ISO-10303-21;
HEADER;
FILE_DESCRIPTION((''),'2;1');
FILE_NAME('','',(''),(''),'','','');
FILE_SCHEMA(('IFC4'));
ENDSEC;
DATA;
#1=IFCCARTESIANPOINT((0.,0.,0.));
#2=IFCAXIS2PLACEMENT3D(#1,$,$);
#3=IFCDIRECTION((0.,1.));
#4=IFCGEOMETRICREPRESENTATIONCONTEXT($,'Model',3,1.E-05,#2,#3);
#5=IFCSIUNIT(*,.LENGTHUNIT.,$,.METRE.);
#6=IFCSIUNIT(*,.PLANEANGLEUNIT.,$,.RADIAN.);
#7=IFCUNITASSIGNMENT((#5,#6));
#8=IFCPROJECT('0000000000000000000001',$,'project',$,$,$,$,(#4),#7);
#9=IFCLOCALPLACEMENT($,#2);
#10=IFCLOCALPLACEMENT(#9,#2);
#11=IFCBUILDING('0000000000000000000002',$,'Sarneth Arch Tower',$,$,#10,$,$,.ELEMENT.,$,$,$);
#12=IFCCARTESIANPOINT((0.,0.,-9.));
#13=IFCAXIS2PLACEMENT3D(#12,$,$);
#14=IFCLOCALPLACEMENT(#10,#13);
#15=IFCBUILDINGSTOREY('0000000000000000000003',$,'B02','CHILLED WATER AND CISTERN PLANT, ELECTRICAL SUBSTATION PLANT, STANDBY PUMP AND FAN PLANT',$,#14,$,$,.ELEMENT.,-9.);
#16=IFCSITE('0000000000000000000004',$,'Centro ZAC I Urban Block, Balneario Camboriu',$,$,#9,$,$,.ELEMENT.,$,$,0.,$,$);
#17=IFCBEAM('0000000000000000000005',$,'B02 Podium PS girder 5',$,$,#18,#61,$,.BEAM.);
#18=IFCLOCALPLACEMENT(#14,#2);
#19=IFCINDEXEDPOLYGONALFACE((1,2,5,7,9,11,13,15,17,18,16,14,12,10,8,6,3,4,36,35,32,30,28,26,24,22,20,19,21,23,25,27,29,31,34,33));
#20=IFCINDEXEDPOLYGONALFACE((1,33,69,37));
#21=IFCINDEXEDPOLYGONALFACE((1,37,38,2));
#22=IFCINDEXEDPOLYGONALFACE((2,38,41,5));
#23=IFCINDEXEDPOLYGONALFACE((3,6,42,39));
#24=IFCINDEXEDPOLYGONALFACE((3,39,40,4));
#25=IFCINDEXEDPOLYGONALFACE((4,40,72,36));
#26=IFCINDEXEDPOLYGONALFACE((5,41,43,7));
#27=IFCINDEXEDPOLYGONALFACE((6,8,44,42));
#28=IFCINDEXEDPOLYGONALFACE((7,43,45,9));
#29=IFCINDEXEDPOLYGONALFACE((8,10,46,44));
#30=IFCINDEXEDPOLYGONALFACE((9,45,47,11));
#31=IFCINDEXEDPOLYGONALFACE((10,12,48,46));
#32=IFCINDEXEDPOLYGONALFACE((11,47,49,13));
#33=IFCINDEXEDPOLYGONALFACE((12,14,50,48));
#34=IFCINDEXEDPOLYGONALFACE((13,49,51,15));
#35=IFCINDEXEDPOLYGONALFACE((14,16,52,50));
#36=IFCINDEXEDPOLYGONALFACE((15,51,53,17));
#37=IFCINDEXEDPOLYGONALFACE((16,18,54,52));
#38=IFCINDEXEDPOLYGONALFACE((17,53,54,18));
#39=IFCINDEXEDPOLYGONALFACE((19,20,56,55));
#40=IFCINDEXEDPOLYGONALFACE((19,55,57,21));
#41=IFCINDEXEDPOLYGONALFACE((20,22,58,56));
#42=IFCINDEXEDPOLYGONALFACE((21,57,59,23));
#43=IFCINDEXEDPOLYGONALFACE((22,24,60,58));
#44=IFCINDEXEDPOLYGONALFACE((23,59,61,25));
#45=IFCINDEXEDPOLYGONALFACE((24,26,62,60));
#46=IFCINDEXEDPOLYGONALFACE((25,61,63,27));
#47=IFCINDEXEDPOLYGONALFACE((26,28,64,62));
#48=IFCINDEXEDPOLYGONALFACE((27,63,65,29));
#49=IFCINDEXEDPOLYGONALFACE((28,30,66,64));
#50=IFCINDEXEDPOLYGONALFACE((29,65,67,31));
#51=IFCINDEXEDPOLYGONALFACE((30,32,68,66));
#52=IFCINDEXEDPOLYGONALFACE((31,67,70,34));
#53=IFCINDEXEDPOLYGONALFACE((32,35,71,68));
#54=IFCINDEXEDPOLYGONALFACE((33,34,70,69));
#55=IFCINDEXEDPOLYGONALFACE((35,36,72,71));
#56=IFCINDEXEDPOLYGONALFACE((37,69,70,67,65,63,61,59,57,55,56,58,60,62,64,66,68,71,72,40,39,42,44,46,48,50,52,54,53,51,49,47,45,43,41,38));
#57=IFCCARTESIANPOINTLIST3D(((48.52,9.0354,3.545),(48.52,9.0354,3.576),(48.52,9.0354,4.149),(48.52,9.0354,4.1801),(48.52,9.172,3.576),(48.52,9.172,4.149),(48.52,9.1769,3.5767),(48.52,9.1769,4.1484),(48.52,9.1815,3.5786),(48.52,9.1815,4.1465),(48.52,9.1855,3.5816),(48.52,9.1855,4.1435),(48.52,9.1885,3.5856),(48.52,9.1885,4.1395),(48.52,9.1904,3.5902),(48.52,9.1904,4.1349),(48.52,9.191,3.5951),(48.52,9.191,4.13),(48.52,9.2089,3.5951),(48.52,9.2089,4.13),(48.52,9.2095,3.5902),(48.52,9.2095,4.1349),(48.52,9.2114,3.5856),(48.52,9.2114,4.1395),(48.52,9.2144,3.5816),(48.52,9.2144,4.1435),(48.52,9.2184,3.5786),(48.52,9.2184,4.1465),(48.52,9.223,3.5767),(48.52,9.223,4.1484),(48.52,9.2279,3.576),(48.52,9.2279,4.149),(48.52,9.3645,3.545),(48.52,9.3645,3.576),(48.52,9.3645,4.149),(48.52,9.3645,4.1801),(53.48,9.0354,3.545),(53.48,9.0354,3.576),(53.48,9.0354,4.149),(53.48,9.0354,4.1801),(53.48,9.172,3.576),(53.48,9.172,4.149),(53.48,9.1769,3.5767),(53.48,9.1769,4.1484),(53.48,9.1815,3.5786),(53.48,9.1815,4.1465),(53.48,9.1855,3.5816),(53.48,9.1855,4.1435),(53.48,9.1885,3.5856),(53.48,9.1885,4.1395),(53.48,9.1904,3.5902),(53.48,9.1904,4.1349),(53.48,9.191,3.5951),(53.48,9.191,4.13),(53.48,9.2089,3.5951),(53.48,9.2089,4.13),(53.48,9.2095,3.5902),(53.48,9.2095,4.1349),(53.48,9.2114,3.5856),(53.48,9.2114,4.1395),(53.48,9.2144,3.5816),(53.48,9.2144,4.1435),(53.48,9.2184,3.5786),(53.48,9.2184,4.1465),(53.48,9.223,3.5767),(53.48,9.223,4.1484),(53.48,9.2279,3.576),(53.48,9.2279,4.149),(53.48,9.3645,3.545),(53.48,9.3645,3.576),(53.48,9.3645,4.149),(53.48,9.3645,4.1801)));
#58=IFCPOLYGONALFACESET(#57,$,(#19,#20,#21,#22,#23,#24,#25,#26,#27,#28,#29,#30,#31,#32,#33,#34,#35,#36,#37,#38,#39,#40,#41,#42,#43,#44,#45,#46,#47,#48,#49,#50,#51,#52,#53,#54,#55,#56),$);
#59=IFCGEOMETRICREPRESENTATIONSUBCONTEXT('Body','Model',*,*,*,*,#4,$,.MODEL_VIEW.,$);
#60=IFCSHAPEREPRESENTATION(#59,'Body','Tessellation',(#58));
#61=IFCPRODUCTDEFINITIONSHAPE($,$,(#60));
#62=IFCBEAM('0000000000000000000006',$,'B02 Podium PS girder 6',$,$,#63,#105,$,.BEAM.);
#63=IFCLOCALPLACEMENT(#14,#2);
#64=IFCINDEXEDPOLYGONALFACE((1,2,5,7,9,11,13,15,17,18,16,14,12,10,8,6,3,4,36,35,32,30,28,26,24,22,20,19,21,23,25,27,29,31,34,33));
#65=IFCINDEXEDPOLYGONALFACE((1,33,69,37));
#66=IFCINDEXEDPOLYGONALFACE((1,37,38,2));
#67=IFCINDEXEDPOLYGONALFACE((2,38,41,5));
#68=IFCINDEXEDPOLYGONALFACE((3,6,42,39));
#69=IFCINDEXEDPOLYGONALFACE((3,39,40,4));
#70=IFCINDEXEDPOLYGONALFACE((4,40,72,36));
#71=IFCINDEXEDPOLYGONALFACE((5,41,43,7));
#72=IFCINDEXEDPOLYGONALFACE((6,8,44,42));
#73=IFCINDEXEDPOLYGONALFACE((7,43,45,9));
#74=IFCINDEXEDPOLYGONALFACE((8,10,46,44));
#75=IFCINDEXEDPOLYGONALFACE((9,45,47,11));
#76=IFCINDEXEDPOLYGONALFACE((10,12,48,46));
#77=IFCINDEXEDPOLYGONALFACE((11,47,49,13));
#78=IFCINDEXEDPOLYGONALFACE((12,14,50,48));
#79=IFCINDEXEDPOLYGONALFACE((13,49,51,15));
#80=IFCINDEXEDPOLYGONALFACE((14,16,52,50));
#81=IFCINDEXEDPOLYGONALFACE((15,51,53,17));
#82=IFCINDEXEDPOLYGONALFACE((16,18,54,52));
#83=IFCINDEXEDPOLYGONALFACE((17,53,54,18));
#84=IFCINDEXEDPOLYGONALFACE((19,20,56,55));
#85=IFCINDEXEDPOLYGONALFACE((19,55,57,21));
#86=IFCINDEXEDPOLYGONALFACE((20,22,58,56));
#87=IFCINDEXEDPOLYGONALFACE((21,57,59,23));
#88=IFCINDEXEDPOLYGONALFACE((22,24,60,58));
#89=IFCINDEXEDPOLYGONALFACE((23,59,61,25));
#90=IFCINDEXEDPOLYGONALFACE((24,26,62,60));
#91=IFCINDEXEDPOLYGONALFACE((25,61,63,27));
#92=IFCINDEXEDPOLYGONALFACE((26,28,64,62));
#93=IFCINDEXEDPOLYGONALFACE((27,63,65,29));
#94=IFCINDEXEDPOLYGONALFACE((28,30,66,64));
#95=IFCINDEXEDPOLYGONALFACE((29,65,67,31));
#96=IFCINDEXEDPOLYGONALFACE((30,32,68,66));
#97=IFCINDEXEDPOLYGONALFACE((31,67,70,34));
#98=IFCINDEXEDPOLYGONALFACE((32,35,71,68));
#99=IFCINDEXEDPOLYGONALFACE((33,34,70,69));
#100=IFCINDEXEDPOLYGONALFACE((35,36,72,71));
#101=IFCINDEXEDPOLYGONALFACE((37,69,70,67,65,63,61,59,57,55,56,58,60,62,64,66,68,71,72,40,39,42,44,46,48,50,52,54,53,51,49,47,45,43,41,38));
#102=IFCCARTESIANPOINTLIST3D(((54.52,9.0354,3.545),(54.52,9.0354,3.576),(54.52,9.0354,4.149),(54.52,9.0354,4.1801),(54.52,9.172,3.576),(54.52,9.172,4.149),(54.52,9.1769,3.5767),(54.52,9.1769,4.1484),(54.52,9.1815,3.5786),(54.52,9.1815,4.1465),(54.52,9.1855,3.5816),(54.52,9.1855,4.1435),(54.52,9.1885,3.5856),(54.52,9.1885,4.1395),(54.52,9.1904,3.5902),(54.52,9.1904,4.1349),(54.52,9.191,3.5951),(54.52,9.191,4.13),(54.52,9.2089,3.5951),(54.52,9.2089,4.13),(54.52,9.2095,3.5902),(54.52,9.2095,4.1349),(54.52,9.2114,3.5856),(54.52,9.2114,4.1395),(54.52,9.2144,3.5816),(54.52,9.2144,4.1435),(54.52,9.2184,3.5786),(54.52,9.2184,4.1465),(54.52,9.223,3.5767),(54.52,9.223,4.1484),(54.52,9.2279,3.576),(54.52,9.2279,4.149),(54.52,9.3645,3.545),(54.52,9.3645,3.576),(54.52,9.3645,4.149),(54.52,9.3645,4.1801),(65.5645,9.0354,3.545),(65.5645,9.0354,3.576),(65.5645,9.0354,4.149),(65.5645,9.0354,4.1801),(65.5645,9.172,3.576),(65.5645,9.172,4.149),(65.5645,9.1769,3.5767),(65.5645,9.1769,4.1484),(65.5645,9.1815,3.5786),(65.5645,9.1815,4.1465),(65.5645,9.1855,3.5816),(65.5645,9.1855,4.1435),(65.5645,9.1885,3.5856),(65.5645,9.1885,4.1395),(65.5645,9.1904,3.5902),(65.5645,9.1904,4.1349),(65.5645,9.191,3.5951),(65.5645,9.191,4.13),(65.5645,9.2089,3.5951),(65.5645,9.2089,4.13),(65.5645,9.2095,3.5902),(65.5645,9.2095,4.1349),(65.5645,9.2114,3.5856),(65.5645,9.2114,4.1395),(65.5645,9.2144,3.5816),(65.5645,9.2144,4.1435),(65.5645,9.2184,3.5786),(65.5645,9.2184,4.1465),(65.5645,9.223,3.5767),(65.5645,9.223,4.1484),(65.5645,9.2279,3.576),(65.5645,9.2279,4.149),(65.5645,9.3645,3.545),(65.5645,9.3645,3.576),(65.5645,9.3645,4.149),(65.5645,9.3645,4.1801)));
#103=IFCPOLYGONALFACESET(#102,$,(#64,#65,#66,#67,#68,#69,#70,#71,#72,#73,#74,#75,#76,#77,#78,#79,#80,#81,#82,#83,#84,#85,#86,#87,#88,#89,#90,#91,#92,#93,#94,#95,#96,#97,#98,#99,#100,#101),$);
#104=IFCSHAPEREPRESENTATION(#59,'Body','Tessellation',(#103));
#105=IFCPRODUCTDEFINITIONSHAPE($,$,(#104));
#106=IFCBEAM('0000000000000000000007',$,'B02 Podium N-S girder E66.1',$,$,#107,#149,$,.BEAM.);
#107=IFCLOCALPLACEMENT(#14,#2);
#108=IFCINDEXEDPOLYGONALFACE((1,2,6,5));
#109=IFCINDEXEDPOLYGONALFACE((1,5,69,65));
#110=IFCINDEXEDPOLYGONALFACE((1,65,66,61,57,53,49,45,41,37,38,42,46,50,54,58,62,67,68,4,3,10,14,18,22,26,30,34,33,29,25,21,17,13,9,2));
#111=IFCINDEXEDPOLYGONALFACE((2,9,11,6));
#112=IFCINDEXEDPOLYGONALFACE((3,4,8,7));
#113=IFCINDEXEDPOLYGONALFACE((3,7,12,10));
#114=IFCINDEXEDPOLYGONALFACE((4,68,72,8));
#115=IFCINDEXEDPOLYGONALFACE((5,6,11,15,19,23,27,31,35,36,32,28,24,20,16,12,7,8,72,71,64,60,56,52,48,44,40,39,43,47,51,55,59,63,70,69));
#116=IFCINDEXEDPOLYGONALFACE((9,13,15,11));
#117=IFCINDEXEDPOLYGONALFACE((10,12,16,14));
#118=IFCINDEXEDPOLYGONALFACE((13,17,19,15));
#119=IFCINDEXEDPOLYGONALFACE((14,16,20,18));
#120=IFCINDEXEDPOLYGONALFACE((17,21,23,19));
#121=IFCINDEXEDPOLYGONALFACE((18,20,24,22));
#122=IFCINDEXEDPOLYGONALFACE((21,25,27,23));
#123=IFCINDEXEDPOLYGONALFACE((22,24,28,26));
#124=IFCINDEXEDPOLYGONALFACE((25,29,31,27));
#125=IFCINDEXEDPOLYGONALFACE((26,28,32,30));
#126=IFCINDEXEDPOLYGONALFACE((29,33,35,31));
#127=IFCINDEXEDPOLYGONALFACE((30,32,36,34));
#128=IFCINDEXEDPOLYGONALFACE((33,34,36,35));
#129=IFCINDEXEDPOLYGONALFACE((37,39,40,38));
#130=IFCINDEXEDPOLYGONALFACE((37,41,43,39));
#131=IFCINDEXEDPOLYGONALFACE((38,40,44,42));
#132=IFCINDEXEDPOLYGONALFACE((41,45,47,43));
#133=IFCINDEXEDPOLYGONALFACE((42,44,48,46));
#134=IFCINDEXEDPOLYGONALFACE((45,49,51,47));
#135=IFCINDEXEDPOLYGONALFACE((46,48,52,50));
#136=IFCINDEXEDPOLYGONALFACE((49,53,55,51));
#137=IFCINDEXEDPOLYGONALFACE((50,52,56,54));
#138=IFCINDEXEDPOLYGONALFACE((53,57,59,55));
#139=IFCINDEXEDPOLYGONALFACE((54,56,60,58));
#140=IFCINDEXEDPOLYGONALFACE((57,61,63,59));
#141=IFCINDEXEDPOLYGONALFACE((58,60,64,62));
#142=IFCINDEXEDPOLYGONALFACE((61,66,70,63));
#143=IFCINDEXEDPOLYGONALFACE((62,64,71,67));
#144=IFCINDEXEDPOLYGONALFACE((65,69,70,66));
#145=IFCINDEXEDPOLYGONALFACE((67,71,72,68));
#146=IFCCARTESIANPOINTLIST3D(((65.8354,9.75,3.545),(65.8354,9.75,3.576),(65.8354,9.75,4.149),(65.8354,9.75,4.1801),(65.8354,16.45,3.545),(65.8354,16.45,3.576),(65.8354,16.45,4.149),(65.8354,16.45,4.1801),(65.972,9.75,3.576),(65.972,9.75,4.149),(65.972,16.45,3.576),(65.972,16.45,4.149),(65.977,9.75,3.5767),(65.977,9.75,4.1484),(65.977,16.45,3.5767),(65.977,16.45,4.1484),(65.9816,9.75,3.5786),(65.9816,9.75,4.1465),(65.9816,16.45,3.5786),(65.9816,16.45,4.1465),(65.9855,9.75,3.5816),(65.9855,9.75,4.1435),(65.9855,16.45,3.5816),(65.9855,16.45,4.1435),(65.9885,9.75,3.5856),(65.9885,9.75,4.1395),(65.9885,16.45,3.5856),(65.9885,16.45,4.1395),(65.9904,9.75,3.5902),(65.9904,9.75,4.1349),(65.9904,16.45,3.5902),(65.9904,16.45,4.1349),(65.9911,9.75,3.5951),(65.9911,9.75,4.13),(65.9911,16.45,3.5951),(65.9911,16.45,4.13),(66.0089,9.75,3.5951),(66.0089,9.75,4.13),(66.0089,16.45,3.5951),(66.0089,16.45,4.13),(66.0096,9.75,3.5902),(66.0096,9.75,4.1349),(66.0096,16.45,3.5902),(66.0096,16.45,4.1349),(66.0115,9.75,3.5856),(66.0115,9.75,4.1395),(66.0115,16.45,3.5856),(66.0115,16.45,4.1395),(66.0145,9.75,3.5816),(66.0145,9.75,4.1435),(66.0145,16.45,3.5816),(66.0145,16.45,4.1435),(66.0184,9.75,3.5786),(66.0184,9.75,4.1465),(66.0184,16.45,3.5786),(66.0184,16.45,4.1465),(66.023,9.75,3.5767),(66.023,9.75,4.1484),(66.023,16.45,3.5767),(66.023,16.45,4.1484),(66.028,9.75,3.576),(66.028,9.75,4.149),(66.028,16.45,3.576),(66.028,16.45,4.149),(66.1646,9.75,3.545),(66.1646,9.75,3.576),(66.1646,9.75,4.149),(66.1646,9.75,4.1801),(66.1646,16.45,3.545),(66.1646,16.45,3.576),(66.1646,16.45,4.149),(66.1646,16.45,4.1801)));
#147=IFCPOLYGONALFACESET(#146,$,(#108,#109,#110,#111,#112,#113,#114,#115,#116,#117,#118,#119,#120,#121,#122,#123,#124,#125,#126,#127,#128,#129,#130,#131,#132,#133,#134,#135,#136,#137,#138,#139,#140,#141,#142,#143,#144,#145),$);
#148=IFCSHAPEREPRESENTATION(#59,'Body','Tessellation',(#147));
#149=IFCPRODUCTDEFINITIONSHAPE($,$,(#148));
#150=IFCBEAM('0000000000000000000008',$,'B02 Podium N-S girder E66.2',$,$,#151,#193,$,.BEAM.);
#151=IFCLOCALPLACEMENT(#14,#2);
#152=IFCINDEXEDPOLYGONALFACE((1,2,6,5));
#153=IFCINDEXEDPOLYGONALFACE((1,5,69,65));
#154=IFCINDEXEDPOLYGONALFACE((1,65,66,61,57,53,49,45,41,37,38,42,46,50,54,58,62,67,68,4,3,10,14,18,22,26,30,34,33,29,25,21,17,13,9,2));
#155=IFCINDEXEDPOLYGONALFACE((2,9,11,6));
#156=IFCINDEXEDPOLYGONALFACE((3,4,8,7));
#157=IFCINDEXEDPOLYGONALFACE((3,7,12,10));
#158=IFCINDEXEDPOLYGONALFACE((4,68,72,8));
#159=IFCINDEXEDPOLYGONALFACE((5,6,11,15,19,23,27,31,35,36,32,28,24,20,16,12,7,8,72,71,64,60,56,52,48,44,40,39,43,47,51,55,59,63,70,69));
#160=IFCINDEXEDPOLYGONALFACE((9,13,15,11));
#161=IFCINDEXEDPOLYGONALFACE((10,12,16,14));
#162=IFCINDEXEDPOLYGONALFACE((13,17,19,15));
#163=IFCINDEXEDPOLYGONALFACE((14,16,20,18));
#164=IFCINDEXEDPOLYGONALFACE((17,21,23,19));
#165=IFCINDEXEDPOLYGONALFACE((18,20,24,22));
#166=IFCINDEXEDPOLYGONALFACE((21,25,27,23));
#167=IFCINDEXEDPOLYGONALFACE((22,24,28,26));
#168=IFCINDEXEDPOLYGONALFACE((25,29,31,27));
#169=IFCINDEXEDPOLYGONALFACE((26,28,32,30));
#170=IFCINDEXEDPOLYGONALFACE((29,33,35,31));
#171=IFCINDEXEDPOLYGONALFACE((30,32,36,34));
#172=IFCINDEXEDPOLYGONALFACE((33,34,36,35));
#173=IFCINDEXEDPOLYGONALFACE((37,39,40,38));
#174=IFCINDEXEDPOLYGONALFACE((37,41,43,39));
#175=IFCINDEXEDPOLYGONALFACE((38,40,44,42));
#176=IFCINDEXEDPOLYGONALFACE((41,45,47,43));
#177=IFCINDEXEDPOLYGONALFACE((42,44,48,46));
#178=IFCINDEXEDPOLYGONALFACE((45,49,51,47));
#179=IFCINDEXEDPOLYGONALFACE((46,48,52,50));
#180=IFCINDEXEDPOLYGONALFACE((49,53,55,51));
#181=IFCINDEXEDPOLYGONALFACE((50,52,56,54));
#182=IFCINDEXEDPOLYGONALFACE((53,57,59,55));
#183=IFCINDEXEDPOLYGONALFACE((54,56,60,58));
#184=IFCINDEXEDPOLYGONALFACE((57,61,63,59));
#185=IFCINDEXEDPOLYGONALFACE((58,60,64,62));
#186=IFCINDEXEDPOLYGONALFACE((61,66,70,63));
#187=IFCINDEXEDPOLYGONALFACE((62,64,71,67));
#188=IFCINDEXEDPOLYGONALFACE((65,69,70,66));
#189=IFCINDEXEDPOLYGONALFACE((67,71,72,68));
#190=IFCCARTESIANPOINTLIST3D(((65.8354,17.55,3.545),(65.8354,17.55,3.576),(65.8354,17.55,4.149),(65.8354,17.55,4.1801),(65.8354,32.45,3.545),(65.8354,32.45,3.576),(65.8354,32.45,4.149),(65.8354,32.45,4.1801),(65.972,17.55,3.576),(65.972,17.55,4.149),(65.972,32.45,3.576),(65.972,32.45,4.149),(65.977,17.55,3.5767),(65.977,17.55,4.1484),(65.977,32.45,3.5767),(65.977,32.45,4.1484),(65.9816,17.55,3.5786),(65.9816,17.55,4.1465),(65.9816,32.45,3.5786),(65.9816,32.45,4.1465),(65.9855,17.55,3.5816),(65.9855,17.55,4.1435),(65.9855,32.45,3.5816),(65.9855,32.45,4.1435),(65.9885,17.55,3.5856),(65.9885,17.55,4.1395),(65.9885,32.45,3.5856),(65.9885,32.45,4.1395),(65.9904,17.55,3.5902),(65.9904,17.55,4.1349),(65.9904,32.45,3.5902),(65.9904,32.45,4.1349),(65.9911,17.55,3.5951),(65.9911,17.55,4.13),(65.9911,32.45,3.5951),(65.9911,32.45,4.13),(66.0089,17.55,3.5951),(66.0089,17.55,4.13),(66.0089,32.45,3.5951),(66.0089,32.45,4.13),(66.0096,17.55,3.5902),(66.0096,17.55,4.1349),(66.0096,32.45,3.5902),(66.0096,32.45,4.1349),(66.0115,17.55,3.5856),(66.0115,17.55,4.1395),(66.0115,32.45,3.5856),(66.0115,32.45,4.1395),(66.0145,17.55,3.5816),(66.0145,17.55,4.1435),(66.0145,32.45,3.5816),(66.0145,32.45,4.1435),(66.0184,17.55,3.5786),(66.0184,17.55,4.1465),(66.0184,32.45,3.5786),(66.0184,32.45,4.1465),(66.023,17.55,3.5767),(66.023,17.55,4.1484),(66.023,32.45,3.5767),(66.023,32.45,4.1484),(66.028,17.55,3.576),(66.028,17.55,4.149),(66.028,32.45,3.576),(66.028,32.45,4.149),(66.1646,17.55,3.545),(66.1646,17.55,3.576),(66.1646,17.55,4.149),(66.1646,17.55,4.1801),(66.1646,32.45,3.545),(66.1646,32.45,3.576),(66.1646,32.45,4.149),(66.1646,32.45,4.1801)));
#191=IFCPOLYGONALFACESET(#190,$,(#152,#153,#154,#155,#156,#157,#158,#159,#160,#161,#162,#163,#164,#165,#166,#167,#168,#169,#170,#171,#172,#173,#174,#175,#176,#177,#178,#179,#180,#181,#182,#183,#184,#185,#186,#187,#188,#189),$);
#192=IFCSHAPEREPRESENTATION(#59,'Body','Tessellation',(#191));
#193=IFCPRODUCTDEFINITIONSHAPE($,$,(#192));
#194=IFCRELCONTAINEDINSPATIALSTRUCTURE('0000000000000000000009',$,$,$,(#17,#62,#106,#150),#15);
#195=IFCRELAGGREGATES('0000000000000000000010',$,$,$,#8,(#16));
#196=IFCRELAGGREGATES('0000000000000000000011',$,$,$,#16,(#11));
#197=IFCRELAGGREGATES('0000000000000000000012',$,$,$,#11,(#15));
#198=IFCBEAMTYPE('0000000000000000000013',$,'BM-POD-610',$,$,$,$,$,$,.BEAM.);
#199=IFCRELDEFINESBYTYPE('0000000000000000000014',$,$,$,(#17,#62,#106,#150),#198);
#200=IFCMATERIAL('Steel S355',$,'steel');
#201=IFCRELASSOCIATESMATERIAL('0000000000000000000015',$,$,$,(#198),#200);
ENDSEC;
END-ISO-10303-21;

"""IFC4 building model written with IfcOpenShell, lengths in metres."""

from ifc_helpers import new_model, si_unit, direction, frame, origin, origin_2d, place, context, subcontext, project, spatial, i_section, extrude, material, material_profile, profile_set, type_object, element, save


model = new_model("IFC4")

# Units and contexts
model_context = context("Model", 3, precision=1e-05, world=origin(), true_north=direction((0.0, 1.0)))
body_context = subcontext(model_context, "Body", "Model", "MODEL_VIEW")
ifc_project = project(units=[si_unit("LENGTHUNIT", "METRE"), si_unit("PLANEANGLEUNIT", "RADIAN")], contexts=[model_context])

# Site, building, storey
site_placement = place(None, origin())
site = spatial("IfcSite", under=ifc_project, at=site_placement, Name="Centro ZAC I Urban Block, Balneario Camboriu", CompositionType="ELEMENT", RefElevation=0.0)
building_placement = place(site_placement, origin())
building = spatial("IfcBuilding", under=site, at=building_placement, Name="Sarneth Arch Tower", CompositionType="ELEMENT")
storey_placement = place(building_placement, frame((0.0, 0.0, -9.0)))
storey = spatial("IfcBuildingStorey", under=building, at=storey_placement, Name="B02", Description="CHILLED WATER AND CISTERN PLANT, ELECTRICAL SUBSTATION PLANT, STANDBY PUMP AND FAN PLANT", CompositionType="ELEMENT", Elevation=-9.0)

# Beams
ifc_material_1 = material(Name="Steel S355", Category="steel")
ifc_material_profile_1 = material_profile(ifc_material_1, i_section(OverallWidth=0.3291, OverallDepth=0.635, WebThickness=0.0178, FlangeThickness=0.031, FilletRadius=0.019, at=origin_2d()), Name="W610x241")
ifc_profile_set_1 = profile_set([ifc_material_profile_1], Name="Steel S355")
beam_type = type_object("IfcBeamType", Name="BM-POD-610", PredefinedType="BEAM", material=ifc_profile_set_1)
beam_1_placement = place(storey_placement, frame((48.52, 9.2, 3.8625), z_axis=(1.0, 0.0, 0.0), x_axis=(0.0, 1.0, 0.0)))
element("IfcBeam", 1, at=beam_1_placement, inside=storey, type_object=beam_type, Name="B02 Podium PS girder 5", PredefinedType="BEAM", context=body_context, shape_type="SweptSolid", body=[
    extrude(i_section(OverallWidth=0.3291, OverallDepth=0.635, WebThickness=0.0178, FlangeThickness=0.031, FilletRadius=0.019, at=origin_2d()), origin(), (0.0, 0.0, 1.0), 4.96),
])
beam_2_placement = place(storey_placement, frame((54.52, 9.2, 3.8625), z_axis=(1.0, 0.0, 0.0), x_axis=(0.0, 1.0, 0.0)))
element("IfcBeam", 2, at=beam_2_placement, inside=storey, type_object=beam_type, Name="B02 Podium PS girder 6", PredefinedType="BEAM", context=body_context, shape_type="SweptSolid", body=[
    extrude(i_section(OverallWidth=0.3291, OverallDepth=0.635, WebThickness=0.0178, FlangeThickness=0.031, FilletRadius=0.019, at=origin_2d()), origin(), (0.0, 0.0, 1.0), 11.0444),
])
beam_3_placement = place(storey_placement, frame((66.0, 9.75, 3.8625), z_axis=(0.0, 1.0, 0.0), x_axis=(-1.0, 0.0, 0.0)))
element("IfcBeam", 3, at=beam_3_placement, inside=storey, type_object=beam_type, Name="B02 Podium N-S girder E66.1", PredefinedType="BEAM", context=body_context, shape_type="SweptSolid", body=[
    extrude(i_section(OverallWidth=0.3291, OverallDepth=0.635, WebThickness=0.0178, FlangeThickness=0.031, FilletRadius=0.019, at=origin_2d()), origin(), (0.0, 0.0, 1.0), 6.7),
])
beam_4_placement = place(storey_placement, frame((66.0, 17.55, 3.8625), z_axis=(0.0, 1.0, 0.0), x_axis=(-1.0, 0.0, 0.0)))
element("IfcBeam", 4, at=beam_4_placement, inside=storey, type_object=beam_type, Name="B02 Podium N-S girder E66.2", PredefinedType="BEAM", context=body_context, shape_type="SweptSolid", body=[
    extrude(i_section(OverallWidth=0.3291, OverallDepth=0.635, WebThickness=0.0178, FlangeThickness=0.031, FilletRadius=0.019, at=origin_2d()), origin(), (0.0, 0.0, 1.0), 14.8999),
])

save(model, "model.ifc")
